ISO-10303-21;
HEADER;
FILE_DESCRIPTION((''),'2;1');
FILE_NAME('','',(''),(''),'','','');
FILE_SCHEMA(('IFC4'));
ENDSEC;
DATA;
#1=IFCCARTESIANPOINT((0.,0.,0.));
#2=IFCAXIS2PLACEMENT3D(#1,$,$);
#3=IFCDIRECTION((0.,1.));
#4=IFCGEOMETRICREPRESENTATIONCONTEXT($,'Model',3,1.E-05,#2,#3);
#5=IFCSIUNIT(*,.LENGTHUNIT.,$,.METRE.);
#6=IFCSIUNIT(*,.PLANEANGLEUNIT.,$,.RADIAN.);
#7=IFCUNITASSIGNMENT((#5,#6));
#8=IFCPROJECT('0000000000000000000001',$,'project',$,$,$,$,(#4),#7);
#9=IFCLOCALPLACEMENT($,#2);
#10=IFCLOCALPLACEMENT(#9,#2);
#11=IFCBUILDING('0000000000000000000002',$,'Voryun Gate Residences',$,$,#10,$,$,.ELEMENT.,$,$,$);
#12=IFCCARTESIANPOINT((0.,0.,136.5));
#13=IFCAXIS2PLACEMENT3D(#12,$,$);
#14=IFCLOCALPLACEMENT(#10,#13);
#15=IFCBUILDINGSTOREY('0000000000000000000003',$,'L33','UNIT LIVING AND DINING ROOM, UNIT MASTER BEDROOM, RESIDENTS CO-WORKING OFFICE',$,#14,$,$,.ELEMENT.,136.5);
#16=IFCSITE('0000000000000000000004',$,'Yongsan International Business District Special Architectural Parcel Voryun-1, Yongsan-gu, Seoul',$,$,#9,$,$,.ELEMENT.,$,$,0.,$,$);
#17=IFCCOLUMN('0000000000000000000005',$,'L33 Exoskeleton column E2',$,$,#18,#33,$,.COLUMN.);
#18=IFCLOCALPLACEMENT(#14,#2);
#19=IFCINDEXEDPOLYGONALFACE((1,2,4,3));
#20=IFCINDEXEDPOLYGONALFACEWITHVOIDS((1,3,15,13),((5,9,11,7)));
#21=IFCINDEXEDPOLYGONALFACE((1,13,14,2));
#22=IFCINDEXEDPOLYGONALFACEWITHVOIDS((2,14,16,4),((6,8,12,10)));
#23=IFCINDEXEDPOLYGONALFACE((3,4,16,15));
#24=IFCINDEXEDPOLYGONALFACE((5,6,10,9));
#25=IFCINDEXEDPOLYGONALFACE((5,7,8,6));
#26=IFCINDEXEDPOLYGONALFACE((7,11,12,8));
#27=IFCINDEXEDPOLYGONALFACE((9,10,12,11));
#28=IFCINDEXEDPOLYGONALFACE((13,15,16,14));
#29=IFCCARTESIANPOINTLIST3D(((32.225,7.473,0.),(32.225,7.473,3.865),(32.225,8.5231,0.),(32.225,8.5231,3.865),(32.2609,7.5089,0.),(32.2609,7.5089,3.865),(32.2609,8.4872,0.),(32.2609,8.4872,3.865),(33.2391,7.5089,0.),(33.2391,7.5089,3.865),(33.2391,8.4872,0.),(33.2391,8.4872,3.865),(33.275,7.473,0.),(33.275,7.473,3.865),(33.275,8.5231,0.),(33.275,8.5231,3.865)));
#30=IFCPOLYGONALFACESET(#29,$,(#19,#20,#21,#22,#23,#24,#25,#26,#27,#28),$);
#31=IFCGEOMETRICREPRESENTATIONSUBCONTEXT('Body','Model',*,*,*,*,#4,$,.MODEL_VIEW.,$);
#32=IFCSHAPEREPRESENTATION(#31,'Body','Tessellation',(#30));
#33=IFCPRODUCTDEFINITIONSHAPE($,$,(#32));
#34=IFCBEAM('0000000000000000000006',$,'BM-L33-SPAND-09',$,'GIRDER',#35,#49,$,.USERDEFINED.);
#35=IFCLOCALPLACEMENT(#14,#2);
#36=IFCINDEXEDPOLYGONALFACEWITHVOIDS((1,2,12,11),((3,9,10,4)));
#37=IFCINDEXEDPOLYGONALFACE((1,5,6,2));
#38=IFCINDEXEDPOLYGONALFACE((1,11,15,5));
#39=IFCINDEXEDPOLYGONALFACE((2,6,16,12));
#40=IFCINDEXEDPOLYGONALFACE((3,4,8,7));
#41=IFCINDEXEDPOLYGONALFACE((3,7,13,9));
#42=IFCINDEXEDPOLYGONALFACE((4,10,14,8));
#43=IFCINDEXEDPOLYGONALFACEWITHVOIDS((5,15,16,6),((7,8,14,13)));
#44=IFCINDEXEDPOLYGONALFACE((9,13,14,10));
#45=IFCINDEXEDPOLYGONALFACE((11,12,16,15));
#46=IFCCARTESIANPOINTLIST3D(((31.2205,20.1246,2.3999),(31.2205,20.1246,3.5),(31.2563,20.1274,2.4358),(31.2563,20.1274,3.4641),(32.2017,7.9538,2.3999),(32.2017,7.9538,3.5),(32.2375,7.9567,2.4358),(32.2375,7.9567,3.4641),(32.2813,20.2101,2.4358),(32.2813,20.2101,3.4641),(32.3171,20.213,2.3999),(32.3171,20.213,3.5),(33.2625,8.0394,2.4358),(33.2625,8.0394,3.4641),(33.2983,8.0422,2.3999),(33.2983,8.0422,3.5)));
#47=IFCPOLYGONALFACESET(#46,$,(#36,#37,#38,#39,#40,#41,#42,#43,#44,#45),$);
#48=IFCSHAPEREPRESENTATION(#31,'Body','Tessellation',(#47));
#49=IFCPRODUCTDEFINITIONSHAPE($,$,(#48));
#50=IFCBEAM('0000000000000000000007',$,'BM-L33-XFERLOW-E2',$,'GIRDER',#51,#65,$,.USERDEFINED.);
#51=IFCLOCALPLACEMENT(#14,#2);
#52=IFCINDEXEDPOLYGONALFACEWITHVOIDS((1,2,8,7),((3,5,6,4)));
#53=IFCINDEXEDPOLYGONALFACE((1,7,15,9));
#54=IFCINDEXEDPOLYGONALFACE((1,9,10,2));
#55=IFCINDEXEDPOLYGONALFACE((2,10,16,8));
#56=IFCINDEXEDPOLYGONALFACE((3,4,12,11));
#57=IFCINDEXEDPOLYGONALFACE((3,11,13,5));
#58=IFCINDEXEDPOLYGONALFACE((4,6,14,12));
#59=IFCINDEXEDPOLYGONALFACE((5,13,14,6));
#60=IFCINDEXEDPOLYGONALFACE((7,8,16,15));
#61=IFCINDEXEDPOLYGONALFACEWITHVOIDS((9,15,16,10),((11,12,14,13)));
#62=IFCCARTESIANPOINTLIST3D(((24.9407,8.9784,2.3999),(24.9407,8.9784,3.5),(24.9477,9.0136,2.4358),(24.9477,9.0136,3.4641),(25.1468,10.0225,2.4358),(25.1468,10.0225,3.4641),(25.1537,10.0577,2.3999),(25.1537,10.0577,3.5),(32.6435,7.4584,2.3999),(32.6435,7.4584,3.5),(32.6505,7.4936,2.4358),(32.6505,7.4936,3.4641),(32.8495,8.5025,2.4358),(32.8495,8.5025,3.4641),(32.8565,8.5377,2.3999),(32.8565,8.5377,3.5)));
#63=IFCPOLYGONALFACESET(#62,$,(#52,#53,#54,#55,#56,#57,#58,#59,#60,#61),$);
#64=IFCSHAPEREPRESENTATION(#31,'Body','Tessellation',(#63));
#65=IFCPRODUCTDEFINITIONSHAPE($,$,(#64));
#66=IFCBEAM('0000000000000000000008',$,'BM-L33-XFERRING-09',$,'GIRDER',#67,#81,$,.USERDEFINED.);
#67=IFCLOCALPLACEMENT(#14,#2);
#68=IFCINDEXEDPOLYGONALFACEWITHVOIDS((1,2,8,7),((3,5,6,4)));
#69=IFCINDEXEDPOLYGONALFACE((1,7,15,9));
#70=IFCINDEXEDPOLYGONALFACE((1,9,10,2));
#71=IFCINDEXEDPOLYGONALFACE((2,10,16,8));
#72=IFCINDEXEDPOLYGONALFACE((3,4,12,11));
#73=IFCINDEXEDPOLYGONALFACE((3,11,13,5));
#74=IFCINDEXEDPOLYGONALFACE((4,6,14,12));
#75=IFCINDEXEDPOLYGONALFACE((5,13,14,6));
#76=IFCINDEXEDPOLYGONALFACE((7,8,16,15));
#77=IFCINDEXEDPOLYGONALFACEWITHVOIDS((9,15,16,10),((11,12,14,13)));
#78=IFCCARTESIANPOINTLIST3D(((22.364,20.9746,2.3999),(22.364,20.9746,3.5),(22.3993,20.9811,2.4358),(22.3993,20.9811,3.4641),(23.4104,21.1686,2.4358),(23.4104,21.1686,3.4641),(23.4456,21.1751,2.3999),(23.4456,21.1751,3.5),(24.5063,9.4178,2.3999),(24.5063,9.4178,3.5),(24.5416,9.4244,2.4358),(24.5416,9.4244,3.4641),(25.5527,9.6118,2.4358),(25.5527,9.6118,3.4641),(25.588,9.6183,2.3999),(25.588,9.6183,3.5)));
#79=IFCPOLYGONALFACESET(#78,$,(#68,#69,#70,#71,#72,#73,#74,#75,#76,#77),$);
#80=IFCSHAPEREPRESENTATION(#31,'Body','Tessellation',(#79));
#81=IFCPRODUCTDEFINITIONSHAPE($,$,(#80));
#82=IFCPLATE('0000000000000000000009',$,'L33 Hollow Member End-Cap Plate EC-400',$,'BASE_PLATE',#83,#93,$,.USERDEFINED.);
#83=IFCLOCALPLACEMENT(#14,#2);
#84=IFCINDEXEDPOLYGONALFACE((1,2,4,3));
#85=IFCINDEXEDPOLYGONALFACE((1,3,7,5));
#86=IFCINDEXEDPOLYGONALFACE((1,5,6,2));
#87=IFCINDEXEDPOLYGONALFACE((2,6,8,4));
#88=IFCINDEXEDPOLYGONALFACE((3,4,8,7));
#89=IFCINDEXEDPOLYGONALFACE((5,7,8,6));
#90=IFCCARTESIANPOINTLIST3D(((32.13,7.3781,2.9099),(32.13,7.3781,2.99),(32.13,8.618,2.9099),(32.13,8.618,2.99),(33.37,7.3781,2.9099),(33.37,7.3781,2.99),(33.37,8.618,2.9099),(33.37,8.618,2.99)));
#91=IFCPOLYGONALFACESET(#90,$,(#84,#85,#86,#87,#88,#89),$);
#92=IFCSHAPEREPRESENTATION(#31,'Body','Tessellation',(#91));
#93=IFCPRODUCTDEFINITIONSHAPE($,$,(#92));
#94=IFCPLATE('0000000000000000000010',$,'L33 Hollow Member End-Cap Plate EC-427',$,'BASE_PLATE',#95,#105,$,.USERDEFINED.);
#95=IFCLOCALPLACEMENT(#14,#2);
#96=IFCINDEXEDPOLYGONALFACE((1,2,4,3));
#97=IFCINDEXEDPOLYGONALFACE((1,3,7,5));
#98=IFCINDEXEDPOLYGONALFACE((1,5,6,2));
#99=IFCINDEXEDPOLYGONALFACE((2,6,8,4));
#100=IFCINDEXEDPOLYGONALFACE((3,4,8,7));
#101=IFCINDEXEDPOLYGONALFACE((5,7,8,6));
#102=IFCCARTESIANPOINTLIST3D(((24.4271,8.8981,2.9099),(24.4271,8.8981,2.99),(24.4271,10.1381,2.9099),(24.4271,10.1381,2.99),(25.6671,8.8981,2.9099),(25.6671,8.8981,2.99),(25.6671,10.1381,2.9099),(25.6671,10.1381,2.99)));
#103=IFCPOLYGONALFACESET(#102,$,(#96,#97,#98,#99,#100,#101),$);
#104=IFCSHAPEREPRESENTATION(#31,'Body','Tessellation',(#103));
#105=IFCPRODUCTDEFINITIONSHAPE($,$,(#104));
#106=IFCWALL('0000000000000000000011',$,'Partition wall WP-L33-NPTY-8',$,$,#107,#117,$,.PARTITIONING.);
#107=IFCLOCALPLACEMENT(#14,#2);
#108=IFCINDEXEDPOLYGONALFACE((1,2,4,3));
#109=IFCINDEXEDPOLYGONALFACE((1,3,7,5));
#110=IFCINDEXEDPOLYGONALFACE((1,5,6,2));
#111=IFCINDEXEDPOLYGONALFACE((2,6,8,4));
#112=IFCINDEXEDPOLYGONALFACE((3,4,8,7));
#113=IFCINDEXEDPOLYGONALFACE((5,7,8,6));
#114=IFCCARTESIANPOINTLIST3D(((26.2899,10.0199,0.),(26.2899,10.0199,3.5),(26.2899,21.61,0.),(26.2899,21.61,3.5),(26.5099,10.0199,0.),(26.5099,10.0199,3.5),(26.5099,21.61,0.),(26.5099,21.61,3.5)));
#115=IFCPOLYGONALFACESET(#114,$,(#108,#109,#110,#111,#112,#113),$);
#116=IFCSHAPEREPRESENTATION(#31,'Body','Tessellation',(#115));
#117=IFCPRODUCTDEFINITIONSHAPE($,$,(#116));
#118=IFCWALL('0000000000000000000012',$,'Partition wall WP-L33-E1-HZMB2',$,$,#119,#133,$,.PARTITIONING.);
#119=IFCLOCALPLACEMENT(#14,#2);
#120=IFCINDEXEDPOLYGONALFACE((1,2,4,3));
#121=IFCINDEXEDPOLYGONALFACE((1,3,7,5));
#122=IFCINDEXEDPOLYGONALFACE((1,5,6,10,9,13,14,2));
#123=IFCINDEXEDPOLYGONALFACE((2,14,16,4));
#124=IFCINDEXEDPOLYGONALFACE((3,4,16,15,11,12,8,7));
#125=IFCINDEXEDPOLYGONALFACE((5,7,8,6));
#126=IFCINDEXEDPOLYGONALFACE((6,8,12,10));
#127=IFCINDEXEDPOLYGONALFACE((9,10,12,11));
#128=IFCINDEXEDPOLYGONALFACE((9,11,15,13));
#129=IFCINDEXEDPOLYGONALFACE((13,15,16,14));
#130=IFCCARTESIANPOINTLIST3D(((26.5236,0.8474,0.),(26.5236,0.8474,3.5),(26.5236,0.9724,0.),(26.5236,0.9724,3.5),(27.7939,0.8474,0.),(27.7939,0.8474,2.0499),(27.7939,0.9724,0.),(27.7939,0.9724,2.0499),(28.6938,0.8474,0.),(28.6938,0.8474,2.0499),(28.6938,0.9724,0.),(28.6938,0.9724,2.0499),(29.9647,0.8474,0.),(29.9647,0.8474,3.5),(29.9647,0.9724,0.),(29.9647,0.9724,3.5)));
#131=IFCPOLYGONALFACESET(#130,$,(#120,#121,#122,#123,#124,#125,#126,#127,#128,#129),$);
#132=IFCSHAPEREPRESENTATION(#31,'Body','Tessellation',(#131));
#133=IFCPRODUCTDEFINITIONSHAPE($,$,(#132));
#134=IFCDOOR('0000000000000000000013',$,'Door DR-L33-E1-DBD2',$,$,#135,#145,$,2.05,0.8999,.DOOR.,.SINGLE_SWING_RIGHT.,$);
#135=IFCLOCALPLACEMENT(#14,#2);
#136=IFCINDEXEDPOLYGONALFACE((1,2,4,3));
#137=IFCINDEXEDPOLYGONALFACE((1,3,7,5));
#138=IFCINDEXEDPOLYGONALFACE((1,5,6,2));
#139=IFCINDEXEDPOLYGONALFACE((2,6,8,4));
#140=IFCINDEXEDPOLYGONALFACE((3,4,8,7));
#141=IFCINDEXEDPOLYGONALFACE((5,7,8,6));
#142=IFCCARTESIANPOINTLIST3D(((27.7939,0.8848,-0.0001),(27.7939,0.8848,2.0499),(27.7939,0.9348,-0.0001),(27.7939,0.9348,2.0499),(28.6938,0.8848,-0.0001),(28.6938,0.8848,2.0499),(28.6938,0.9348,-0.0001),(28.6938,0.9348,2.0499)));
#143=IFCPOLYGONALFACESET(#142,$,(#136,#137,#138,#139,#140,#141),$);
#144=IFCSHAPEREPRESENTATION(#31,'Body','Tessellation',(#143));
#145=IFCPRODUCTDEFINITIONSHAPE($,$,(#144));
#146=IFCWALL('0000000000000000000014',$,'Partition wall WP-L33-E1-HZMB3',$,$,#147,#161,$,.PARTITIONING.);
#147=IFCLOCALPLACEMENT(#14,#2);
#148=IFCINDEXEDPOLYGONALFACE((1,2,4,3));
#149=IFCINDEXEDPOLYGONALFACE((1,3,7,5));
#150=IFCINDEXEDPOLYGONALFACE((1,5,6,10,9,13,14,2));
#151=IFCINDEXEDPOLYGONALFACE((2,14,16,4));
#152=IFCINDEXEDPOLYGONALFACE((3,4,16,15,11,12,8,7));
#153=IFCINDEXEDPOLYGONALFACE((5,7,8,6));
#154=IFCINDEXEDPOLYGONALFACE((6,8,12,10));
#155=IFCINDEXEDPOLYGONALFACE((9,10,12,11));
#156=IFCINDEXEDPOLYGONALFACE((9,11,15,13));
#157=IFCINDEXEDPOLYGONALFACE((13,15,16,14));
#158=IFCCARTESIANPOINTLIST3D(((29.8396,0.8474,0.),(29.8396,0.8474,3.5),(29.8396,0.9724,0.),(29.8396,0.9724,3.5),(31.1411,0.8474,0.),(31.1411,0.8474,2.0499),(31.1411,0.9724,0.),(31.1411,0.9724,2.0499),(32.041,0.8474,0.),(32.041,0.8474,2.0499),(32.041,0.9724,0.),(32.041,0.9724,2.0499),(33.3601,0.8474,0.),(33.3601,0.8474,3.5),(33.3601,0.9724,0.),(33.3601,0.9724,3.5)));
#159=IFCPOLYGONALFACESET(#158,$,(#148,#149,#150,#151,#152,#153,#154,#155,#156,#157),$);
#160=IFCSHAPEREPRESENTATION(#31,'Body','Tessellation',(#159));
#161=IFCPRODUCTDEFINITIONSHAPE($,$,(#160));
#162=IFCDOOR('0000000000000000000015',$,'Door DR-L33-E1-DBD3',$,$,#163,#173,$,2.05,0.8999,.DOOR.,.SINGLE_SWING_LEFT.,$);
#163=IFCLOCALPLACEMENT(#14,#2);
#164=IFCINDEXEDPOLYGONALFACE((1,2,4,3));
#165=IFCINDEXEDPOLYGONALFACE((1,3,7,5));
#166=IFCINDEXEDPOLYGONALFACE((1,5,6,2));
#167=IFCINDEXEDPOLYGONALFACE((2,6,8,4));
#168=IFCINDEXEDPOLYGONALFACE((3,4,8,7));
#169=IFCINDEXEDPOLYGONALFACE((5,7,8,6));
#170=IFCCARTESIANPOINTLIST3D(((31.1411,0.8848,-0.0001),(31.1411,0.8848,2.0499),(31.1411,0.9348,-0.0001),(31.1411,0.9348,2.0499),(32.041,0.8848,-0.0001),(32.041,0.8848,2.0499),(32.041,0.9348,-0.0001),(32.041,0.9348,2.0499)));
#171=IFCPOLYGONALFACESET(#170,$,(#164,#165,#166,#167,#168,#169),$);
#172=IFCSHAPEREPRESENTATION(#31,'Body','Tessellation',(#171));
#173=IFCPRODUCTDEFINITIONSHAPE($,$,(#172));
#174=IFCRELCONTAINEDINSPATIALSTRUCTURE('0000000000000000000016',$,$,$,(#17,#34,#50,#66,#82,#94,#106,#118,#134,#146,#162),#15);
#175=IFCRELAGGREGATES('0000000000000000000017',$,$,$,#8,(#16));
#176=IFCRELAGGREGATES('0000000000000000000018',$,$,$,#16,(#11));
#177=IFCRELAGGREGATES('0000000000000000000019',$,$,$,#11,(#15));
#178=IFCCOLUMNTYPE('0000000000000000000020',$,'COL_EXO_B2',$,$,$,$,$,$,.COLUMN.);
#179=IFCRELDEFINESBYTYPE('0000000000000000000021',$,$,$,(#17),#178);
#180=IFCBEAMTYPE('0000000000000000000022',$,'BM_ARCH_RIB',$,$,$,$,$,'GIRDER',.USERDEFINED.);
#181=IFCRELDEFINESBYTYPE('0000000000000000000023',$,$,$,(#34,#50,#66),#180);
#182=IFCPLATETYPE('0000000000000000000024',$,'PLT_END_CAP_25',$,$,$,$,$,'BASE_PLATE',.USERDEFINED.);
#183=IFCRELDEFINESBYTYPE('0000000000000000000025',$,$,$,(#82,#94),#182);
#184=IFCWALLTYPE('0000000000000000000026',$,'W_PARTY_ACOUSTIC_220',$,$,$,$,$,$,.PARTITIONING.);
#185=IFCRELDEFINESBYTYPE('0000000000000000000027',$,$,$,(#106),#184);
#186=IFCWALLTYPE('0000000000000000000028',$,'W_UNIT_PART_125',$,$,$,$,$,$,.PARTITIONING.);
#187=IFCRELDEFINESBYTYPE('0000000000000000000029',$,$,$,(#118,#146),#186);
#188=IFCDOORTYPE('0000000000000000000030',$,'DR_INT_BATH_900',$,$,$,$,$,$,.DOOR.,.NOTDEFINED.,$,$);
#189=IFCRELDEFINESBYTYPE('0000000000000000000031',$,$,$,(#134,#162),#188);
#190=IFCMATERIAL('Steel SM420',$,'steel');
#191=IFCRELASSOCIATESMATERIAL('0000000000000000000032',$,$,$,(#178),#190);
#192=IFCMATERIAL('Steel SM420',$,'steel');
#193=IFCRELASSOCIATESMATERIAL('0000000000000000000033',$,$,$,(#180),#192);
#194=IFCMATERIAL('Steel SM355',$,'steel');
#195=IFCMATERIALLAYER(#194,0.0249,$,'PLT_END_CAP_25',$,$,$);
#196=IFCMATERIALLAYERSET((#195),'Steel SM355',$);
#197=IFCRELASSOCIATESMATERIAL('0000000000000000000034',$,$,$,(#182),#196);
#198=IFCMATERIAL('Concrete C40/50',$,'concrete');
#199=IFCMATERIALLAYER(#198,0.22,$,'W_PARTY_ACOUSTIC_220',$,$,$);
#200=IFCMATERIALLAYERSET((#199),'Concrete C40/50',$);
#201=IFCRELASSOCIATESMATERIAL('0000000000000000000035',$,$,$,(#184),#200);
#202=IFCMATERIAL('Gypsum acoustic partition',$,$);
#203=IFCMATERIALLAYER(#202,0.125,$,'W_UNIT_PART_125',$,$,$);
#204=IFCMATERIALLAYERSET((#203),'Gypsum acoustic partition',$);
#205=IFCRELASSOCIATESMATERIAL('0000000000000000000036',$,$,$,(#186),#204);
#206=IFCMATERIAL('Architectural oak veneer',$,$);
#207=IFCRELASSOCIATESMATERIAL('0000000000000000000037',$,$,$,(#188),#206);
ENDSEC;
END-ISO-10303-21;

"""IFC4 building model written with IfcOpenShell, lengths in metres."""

from ifc_helpers import new_model, si_unit, direction, frame, frame_2d, origin, origin_2d, place, context, subcontext, project, spatial, rectangle, hollow_rectangle, extrude, material, layer, layer_set, material_profile, profile_set, type_object, element, fill, save


model = new_model("IFC4")

# Units and contexts
model_context = context("Model", 3, precision=1e-05, world=origin(), true_north=direction((0.0, 1.0)))
body_context = subcontext(model_context, "Body", "Model", "MODEL_VIEW")
ifc_project = project(units=[si_unit("LENGTHUNIT", "METRE"), si_unit("PLANEANGLEUNIT", "RADIAN")], contexts=[model_context])

# Site, building, storey
site_placement = place(None, origin())
site = spatial("IfcSite", under=ifc_project, at=site_placement, Name="Yongsan International Business District Special Architectural Parcel Voryun-1, Yongsan-gu, Seoul", CompositionType="ELEMENT", RefElevation=0.0)
building_placement = place(site_placement, origin())
building = spatial("IfcBuilding", under=site, at=building_placement, Name="Voryun Gate Residences", CompositionType="ELEMENT")
storey_placement = place(building_placement, frame((0.0, 0.0, 136.5)))
storey = spatial("IfcBuildingStorey", under=building, at=storey_placement, Name="L33", Description="UNIT LIVING AND DINING ROOM, UNIT MASTER BEDROOM, RESIDENTS CO-WORKING OFFICE", CompositionType="ELEMENT", Elevation=136.5)

# Column
ifc_material_1 = material(Name="Steel SM420", Category="steel")
ifc_material_profile_1 = material_profile(ifc_material_1, hollow_rectangle(XDim=1.05, YDim=1.05, WallThickness=0.0359, at=origin_2d()), Name="BOX-1050x1050x36")
ifc_profile_set_1 = profile_set([ifc_material_profile_1], Name="Steel SM420")
column_type = type_object("IfcColumnType", Name="COL_EXO_B2", PredefinedType="COLUMN", material=ifc_profile_set_1)
column_placement = place(storey_placement, frame((32.75, 7.998, 0.0), z_axis=(0.0, 0.0, 1.0), x_axis=(1.0, 0.0, 0.0)))
element("IfcColumn", 1, at=column_placement, inside=storey, type_object=column_type, Name="L33 Exoskeleton column E2", PredefinedType="COLUMN", context=body_context, shape_type="SweptSolid", body=[
    extrude(hollow_rectangle(XDim=1.05, YDim=1.05, WallThickness=0.0359, at=origin_2d()), origin(), (0.0, 0.0, 1.0), 3.865),
])

# Beams
ifc_material_2 = material(Name="Steel SM420", Category="steel")
ifc_material_profile_2 = material_profile(ifc_material_2, hollow_rectangle(XDim=1.1001, YDim=1.1001, WallThickness=0.0359, at=origin_2d()), Name="BOX-1100x1100x36")
ifc_profile_set_2 = profile_set([ifc_material_profile_2], Name="Steel SM420")
beam_type = type_object("IfcBeamType", Name="BM_ARCH_RIB", ElementType="GIRDER", PredefinedType="USERDEFINED", material=ifc_profile_set_2)
beam_1_placement = place(storey_placement, frame((32.75, 7.998, 2.95), z_axis=(-0.08036, 0.996766, 0.0), x_axis=(-0.996766, -0.08036, 0.0)))
element("IfcBeam", 2, at=beam_1_placement, inside=storey, type_object=beam_type, Name="BM-L33-SPAND-09", ObjectType="GIRDER", PredefinedType="USERDEFINED", context=body_context, shape_type="SweptSolid", body=[
    extrude(hollow_rectangle(XDim=1.1001, YDim=1.1001, WallThickness=0.0359, at=origin_2d()), origin(), (0.0, 0.0, 1.0), 12.2102),
])
beam_2_placement = place(storey_placement, frame((32.75, 7.998, 2.95), z_axis=(-0.981081, 0.193598, 0.0), x_axis=(-0.193598, -0.981081, 0.0)))
element("IfcBeam", 3, at=beam_2_placement, inside=storey, type_object=beam_type, Name="BM-L33-XFERLOW-E2", ObjectType="GIRDER", PredefinedType="USERDEFINED", context=body_context, shape_type="SweptSolid", body=[
    extrude(hollow_rectangle(XDim=1.1001, YDim=1.1001, WallThickness=0.0359, at=origin_2d()), origin(), (0.0, 0.0, 1.0), 7.8513),
])
beam_3_placement = place(storey_placement, frame((25.0471, 9.5181, 2.95), z_axis=(-0.182268, 0.983249, 0.0), x_axis=(-0.983249, -0.182268, 0.0)))
element("IfcBeam", 4, at=beam_3_placement, inside=storey, type_object=beam_type, Name="BM-L33-XFERRING-09", ObjectType="GIRDER", PredefinedType="USERDEFINED", context=body_context, shape_type="SweptSolid", body=[
    extrude(hollow_rectangle(XDim=1.1001, YDim=1.1001, WallThickness=0.0359, at=origin_2d()), origin(), (0.0, 0.0, 1.0), 11.7537),
])

# Plates
ifc_material_3 = material(Name="Steel SM355", Category="steel")
ifc_layer_1 = layer(ifc_material_3, 0.0249, Name="PLT_END_CAP_25")
ifc_layer_set_1 = layer_set([ifc_layer_1], Name="Steel SM355")
plate_type = type_object("IfcPlateType", Name="PLT_END_CAP_25", ElementType="BASE_PLATE", PredefinedType="USERDEFINED", material=ifc_layer_set_1)
for number, where, z_axis, x_axis, name in (
    (5, (32.75, 7.998, 2.9099), (0.0, 0.0, 1.0), (1.0, 0.0, 0.0), "L33 Hollow Member End-Cap Plate EC-400"),
    (6, (25.0471, 9.5181, 2.9099), (0.0, 0.0, 1.0), (1.0, 0.0, 0.0), "L33 Hollow Member End-Cap Plate EC-427"),
):
    element("IfcPlate", number, at=place(storey_placement, frame(where, z_axis=z_axis, x_axis=x_axis)), inside=storey, type_object=plate_type, Name=name, ObjectType="BASE_PLATE", PredefinedType="USERDEFINED", context=body_context, shape_type="SweptSolid", body=[
        extrude(rectangle(XDim=1.24, YDim=1.24, at=origin_2d()), origin(), (0.0, 0.0, 1.0), 0.0801),
    ])

# Wall
ifc_material_4 = material(Name="Concrete C40/50", Category="concrete")
ifc_layer_2 = layer(ifc_material_4, 0.22, Name="W_PARTY_ACOUSTIC_220")
ifc_layer_set_2 = layer_set([ifc_layer_2], Name="Concrete C40/50")
wall_type_1 = type_object("IfcWallType", Name="W_PARTY_ACOUSTIC_220", PredefinedType="PARTITIONING", material=ifc_layer_set_2)
wall_1_placement = place(storey_placement, frame((26.3999, 10.02, 0.0), z_axis=(0.0, 0.0, 1.0), x_axis=(0.0, 1.0, 0.0)))
element("IfcWall", 7, at=wall_1_placement, inside=storey, type_object=wall_type_1, Name="Partition wall WP-L33-NPTY-8", PredefinedType="PARTITIONING", context=body_context, shape_type="SweptSolid", body=[
    extrude(rectangle(XDim=11.5901, YDim=0.22, at=frame_2d((5.7949, 0.0))), origin(), (0.0, 0.0, 1.0), 3.5),
])

# Walls, openings, doors
ifc_material_5 = material(Name="Gypsum acoustic partition")
ifc_layer_3 = layer(ifc_material_5, 0.125, Name="W_UNIT_PART_125")
ifc_layer_set_3 = layer_set([ifc_layer_3], Name="Gypsum acoustic partition")
wall_type_2 = type_object("IfcWallType", Name="W_UNIT_PART_125", PredefinedType="PARTITIONING", material=ifc_layer_set_3)
wall_2_placement = place(storey_placement, frame((26.5234, 0.9099, 0.0), z_axis=(0.0, 0.0, 1.0), x_axis=(1.0, 0.0, 0.0)))
wall_2 = element("IfcWall", 8, at=wall_2_placement, inside=storey, type_object=wall_type_2, Name="Partition wall WP-L33-E1-HZMB2", PredefinedType="PARTITIONING", context=body_context, shape_type="SweptSolid", body=[
    extrude(rectangle(XDim=3.4412, YDim=0.125, at=frame_2d((1.7207, 0.0))), origin(), (0.0, 0.0, 1.0), 3.5),
])
opening_1_placement = place(wall_2_placement, frame((1.2705, 0.0, 0.0)))
opening_1 = element("IfcOpeningElement", 9, at=opening_1_placement, cuts=wall_2, PredefinedType="OPENING", context=body_context, shape_type="SweptSolid", body=[
    extrude(rectangle(XDim=0.8999, YDim=2.05, at=frame_2d((0.45, 1.0249))), frame((0.0, 0.0725, 0.0), z_axis=(0.0, -1.0, 0.0), x_axis=(1.0, 0.0, 0.0)), (0.0, 0.0, 1.0), 0.145),
])
ifc_material_6 = material(Name="Architectural oak veneer")
door_type = type_object("IfcDoorType", Name="DR_INT_BATH_900", OperationType="NOTDEFINED", PredefinedType="DOOR", material=ifc_material_6)
door_1_placement = place(opening_1_placement, origin())
door_1 = element("IfcDoor", 10, at=door_1_placement, inside=storey, type_object=door_type, Name="Door DR-L33-E1-DBD2", OperationType="SINGLE_SWING_RIGHT", OverallHeight=2.05, OverallWidth=0.8999, PredefinedType="DOOR", context=body_context, shape_type="SweptSolid", body=[
    extrude(rectangle(XDim=0.8999, YDim=2.05, at=frame_2d((0.45, 1.0249))), frame((0.0, 0.0249, 0.0), z_axis=(0.0, -1.0, 0.0), x_axis=(1.0, 0.0, 0.0)), (0.0, 0.0, 1.0), 0.05),
])
fill(opening_1, door_1)
wall_3_placement = place(storey_placement, frame((29.8396, 0.9099, 0.0), z_axis=(0.0, 0.0, 1.0), x_axis=(1.0, 0.0, 0.0)))
wall_3 = element("IfcWall", 11, at=wall_3_placement, inside=storey, type_object=wall_type_2, Name="Partition wall WP-L33-E1-HZMB3", PredefinedType="PARTITIONING", context=body_context, shape_type="SweptSolid", body=[
    extrude(rectangle(XDim=3.5205, YDim=0.125, at=frame_2d((1.7603, 0.0))), origin(), (0.0, 0.0, 1.0), 3.5),
])
opening_2_placement = place(wall_3_placement, frame((1.3015, 0.0, 0.0)))
opening_2 = element("IfcOpeningElement", 12, at=opening_2_placement, cuts=wall_3, PredefinedType="OPENING", context=body_context, shape_type="SweptSolid", body=[
    extrude(rectangle(XDim=0.8999, YDim=2.05, at=frame_2d((0.45, 1.0249))), frame((0.0, 0.0725, 0.0), z_axis=(0.0, -1.0, 0.0), x_axis=(1.0, 0.0, 0.0)), (0.0, 0.0, 1.0), 0.145),
])
door_2_placement = place(opening_2_placement, origin())
door_2 = element("IfcDoor", 13, at=door_2_placement, inside=storey, type_object=door_type, Name="Door DR-L33-E1-DBD3", OperationType="SINGLE_SWING_LEFT", OverallHeight=2.05, OverallWidth=0.8999, PredefinedType="DOOR", context=body_context, shape_type="SweptSolid", body=[
    extrude(rectangle(XDim=0.8999, YDim=2.05, at=frame_2d((0.45, 1.0249))), frame((0.0, 0.0249, 0.0), z_axis=(0.0, -1.0, 0.0), x_axis=(1.0, 0.0, 0.0)), (0.0, 0.0, 1.0), 0.05),
])
fill(opening_2, door_2)

save(model, "model.ifc")
